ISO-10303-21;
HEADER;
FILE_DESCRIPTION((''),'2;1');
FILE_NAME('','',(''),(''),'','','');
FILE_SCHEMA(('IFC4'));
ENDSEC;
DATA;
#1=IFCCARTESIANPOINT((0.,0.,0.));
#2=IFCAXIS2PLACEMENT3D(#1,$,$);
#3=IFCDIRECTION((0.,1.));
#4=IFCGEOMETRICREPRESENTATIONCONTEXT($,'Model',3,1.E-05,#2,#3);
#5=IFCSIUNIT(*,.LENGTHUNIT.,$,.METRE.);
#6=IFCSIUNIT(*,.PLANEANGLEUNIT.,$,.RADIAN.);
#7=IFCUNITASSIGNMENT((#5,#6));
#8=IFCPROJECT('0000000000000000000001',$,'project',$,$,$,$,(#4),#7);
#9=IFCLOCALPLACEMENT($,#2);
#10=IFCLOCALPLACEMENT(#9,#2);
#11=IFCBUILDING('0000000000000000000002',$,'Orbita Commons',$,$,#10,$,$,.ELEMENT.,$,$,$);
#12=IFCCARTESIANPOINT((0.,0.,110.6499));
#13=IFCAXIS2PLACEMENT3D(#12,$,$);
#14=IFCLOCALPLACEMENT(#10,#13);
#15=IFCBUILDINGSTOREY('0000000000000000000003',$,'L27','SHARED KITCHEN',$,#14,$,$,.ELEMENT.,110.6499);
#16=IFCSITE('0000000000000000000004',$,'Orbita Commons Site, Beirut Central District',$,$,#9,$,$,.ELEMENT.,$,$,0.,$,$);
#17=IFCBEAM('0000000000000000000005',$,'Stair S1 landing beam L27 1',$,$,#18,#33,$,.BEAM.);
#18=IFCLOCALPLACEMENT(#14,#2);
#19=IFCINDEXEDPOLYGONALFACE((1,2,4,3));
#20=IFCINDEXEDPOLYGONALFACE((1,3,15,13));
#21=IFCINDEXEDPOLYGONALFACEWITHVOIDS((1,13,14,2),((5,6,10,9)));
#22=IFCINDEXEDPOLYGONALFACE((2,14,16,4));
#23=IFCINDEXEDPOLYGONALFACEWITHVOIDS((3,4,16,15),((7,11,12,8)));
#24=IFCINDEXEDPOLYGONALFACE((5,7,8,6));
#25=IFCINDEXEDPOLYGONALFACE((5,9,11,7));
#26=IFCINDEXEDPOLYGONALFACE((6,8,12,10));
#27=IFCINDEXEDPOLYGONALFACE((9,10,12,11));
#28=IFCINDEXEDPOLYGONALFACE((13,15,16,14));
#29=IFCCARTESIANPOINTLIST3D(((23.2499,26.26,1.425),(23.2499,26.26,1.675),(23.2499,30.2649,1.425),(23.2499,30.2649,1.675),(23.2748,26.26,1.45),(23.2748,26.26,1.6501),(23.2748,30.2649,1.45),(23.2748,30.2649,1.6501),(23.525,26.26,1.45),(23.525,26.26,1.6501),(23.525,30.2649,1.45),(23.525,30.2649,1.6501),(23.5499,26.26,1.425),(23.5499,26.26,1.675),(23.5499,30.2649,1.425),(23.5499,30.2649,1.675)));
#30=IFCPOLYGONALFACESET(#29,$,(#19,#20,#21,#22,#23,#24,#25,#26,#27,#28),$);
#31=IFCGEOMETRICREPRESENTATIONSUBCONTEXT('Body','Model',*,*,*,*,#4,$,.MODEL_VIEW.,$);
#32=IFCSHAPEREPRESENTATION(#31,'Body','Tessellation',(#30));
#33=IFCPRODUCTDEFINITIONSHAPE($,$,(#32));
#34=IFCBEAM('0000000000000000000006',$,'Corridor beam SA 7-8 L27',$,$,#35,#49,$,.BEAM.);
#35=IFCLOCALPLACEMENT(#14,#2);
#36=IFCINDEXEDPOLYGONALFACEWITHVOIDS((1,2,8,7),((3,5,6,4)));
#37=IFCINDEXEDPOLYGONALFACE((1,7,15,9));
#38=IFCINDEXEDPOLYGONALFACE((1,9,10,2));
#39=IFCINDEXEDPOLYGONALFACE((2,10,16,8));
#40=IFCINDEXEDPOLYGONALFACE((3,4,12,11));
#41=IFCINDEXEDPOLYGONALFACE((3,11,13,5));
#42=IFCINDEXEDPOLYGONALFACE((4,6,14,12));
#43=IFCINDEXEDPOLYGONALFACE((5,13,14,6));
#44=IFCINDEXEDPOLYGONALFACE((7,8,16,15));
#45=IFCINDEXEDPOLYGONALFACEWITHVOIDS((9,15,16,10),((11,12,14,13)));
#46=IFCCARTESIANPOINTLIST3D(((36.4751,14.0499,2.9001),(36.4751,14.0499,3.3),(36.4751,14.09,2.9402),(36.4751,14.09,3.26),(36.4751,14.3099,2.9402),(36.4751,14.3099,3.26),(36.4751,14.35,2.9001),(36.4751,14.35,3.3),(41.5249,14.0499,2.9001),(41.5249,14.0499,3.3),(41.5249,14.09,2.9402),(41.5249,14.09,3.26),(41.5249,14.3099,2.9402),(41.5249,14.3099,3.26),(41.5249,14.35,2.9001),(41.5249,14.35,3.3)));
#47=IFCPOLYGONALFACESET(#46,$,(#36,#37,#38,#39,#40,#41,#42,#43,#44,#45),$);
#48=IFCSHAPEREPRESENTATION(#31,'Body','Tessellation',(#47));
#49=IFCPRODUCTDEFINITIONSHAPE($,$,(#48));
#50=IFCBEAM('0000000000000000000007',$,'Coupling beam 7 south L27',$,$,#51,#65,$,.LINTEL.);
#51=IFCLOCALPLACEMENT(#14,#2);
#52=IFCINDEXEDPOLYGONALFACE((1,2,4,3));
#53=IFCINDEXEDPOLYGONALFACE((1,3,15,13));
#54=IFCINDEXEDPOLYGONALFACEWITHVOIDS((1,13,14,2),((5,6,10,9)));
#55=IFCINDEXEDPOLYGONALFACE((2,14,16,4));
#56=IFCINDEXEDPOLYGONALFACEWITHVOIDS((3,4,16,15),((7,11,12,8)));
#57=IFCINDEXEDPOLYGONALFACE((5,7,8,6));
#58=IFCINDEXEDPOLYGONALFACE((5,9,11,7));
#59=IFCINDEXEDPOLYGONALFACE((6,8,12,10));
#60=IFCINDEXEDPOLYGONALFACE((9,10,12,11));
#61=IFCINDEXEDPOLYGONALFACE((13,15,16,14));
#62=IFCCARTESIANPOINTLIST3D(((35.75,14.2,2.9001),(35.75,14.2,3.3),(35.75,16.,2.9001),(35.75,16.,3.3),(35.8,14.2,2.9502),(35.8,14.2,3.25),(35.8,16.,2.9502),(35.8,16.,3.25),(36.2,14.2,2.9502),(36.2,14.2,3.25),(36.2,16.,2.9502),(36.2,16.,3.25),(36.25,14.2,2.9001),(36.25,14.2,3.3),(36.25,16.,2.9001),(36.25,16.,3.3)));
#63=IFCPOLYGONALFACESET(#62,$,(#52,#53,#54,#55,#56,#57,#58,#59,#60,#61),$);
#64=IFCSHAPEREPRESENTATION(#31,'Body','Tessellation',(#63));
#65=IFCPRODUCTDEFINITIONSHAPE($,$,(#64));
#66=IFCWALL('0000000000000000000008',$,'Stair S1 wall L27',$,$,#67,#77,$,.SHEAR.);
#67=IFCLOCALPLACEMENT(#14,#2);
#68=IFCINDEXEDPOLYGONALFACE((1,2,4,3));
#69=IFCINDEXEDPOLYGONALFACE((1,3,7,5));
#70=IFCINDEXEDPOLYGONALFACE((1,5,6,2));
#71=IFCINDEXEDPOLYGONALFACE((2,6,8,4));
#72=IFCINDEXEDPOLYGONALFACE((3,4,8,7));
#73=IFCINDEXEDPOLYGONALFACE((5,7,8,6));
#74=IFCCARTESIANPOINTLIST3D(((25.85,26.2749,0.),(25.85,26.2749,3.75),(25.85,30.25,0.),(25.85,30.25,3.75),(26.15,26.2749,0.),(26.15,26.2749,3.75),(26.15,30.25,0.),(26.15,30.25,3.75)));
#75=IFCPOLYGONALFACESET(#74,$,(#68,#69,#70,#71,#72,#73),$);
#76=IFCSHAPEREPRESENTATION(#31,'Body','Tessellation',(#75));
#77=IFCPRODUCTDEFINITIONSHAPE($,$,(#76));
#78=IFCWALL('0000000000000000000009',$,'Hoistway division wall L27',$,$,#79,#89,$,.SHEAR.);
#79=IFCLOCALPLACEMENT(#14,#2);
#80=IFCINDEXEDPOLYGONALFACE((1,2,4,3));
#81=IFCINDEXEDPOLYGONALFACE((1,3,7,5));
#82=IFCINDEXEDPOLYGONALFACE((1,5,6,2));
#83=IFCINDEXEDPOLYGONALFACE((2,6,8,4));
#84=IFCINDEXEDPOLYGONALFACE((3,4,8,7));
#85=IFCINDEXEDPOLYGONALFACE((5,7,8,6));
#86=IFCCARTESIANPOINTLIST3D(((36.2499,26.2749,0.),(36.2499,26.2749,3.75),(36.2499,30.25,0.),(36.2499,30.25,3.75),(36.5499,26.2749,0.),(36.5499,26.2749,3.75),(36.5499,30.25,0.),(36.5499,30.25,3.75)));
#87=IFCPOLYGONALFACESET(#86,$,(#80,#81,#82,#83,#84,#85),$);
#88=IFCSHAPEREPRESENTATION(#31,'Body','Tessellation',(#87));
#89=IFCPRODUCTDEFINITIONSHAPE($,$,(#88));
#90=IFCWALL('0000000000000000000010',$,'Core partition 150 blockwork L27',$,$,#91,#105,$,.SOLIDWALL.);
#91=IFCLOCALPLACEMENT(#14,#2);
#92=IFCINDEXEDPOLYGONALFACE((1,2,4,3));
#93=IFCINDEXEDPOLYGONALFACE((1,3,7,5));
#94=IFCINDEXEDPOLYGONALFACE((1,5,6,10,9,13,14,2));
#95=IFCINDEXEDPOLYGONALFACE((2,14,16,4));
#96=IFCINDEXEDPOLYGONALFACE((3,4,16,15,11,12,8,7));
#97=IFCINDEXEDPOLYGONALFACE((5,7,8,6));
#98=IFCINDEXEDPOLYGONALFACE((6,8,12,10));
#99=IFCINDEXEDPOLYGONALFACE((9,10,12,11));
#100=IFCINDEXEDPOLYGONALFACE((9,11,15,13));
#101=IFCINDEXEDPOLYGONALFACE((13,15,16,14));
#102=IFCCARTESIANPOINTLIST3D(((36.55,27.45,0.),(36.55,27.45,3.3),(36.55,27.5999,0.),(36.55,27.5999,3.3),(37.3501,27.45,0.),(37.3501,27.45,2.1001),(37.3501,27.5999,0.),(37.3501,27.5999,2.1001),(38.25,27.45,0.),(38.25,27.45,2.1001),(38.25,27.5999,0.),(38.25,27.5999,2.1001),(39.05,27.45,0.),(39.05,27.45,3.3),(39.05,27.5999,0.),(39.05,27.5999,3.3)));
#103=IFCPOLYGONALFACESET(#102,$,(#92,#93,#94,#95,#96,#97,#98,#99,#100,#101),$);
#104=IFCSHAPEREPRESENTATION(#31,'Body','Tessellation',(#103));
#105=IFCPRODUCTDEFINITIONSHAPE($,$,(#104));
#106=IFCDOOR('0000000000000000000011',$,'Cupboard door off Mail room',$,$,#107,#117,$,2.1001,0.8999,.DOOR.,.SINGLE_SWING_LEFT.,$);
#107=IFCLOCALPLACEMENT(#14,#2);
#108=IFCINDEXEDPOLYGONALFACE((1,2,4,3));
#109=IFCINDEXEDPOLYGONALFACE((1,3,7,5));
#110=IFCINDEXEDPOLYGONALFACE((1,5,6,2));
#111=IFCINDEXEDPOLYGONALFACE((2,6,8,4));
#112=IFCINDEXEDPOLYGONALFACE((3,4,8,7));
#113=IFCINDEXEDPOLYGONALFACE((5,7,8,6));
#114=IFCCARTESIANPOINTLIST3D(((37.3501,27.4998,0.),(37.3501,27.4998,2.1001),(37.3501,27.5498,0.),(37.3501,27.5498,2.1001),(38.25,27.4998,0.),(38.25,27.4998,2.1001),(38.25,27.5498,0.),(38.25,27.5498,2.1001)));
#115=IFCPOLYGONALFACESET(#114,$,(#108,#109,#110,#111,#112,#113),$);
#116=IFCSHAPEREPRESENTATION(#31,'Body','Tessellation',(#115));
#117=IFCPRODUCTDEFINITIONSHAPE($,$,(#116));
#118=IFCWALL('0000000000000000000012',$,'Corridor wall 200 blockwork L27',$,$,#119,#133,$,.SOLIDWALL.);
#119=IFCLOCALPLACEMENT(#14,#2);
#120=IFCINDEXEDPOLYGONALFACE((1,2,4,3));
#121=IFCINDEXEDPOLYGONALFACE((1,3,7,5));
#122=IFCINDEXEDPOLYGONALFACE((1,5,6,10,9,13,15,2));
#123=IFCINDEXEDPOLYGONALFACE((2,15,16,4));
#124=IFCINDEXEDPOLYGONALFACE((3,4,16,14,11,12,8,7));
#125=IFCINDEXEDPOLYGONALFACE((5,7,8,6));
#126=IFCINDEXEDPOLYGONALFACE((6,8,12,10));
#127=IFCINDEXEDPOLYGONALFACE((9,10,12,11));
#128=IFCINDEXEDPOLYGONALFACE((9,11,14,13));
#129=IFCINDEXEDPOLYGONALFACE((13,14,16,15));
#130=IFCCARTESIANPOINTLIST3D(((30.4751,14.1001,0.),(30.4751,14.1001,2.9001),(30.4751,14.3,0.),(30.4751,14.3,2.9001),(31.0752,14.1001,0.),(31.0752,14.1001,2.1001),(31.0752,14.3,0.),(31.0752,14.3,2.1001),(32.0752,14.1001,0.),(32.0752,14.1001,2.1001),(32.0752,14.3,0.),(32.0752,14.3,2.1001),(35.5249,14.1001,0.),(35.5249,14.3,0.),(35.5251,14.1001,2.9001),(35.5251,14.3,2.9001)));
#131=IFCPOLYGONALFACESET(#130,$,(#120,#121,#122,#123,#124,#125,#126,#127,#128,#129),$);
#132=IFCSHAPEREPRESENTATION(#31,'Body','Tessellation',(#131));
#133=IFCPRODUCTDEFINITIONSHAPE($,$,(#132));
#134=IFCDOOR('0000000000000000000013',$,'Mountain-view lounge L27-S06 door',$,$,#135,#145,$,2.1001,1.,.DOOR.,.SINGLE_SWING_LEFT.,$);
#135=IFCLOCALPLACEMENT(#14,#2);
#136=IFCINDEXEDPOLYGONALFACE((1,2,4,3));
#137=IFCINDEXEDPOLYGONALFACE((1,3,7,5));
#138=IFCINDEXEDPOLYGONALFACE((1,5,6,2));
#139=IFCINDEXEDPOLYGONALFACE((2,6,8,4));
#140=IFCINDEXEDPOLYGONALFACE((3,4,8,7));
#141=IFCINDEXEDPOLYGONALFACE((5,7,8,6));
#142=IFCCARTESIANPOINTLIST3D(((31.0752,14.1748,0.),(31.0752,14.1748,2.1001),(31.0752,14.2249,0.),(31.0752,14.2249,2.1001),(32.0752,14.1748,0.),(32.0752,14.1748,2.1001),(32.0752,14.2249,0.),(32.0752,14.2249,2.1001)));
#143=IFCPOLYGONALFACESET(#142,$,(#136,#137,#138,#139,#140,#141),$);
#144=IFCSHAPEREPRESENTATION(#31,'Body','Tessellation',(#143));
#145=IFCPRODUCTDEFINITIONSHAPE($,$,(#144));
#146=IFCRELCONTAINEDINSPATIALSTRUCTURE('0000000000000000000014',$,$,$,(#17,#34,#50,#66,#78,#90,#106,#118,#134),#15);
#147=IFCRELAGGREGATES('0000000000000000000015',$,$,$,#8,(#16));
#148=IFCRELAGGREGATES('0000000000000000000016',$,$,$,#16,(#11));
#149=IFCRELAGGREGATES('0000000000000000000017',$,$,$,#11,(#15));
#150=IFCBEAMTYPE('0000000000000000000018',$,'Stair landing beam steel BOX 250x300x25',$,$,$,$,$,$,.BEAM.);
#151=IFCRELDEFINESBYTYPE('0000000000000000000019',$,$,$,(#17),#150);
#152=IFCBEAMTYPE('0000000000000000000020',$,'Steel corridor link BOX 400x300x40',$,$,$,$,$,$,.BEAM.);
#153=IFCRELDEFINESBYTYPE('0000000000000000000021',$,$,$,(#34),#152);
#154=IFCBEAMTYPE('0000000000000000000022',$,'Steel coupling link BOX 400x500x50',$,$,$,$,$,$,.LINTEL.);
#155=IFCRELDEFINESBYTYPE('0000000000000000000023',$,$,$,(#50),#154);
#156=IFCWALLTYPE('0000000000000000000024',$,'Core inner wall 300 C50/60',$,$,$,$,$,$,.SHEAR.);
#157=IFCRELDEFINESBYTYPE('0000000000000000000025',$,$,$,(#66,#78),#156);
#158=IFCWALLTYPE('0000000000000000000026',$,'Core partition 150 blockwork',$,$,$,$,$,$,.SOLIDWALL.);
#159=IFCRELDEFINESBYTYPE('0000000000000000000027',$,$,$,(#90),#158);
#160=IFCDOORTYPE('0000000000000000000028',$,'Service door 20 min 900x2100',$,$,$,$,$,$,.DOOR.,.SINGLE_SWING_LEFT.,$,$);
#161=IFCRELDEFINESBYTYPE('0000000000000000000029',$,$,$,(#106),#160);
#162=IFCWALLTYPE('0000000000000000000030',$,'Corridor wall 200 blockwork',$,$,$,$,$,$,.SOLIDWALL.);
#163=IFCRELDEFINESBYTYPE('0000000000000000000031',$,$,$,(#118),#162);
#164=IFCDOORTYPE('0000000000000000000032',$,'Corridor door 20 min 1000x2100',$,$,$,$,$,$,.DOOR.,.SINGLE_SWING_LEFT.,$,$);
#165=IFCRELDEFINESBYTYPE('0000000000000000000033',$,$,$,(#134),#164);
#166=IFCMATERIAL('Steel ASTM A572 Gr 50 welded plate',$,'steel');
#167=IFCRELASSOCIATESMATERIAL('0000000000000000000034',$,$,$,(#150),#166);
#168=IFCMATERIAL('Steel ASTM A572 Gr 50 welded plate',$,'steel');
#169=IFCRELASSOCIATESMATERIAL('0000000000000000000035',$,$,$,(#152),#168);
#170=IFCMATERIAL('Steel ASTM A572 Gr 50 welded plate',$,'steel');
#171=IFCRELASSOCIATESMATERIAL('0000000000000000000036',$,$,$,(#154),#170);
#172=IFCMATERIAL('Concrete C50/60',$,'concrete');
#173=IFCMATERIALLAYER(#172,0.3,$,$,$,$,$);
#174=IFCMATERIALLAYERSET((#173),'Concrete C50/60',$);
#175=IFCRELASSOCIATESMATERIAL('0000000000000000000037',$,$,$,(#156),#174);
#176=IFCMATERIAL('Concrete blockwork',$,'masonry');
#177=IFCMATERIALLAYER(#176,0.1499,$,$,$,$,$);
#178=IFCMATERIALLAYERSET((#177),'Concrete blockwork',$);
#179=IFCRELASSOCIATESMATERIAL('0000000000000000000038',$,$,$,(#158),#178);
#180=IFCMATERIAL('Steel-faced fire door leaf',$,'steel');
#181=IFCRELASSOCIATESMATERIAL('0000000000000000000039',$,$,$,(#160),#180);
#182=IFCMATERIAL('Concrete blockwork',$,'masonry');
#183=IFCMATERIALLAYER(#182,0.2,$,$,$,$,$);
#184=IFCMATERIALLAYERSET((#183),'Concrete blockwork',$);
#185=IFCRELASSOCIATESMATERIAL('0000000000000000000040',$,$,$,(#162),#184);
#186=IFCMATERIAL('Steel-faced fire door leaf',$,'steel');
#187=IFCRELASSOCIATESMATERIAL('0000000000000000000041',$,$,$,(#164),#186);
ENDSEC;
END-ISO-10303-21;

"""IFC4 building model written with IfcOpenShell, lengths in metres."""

from ifc_helpers import new_model, si_unit, direction, frame, frame_2d, origin, origin_2d, place, context, subcontext, project, spatial, polyline, rectangle, hollow_rectangle, outline, extrude, material, layer, layer_set, material_profile, profile_set, type_object, element, fill, save


model = new_model("IFC4")

# Units and contexts
model_context = context("Model", 3, precision=1e-05, world=origin(), true_north=direction((0.0, 1.0)))
body_context = subcontext(model_context, "Body", "Model", "MODEL_VIEW")
ifc_project = project(units=[si_unit("LENGTHUNIT", "METRE"), si_unit("PLANEANGLEUNIT", "RADIAN")], contexts=[model_context])

# Site, building, storey
site_placement = place(None, origin())
site = spatial("IfcSite", under=ifc_project, at=site_placement, Name="Orbita Commons Site, Beirut Central District", CompositionType="ELEMENT", RefElevation=0.0)
building_placement = place(site_placement, origin())
building = spatial("IfcBuilding", under=site, at=building_placement, Name="Orbita Commons", CompositionType="ELEMENT")
storey_placement = place(building_placement, frame((0.0, 0.0, 110.6499)))
storey = spatial("IfcBuildingStorey", under=building, at=storey_placement, Name="L27", Description="SHARED KITCHEN", CompositionType="ELEMENT", Elevation=110.6499)

# Beams
ifc_material_1 = material(Name="Steel ASTM A572 Gr 50 welded plate", Category="steel")
ifc_material_profile_1 = material_profile(ifc_material_1, hollow_rectangle(XDim=0.3, YDim=0.25, WallThickness=0.0249, at=origin_2d()), Name="BOX 250x300x25")
ifc_profile_set_1 = profile_set([ifc_material_profile_1], Name="Steel ASTM A572 Gr 50 welded plate")
beam_type_1 = type_object("IfcBeamType", Name="Stair landing beam steel BOX 250x300x25", PredefinedType="BEAM", material=ifc_profile_set_1)
beam_1_placement = place(storey_placement, frame((23.3999, 26.26, 1.55), z_axis=(0.0, 1.0, 0.0), x_axis=(-1.0, 0.0, 0.0)))
element("IfcBeam", 1, at=beam_1_placement, inside=storey, type_object=beam_type_1, Name="Stair S1 landing beam L27 1", PredefinedType="BEAM", context=body_context, shape_type="SweptSolid", body=[
    extrude(hollow_rectangle(XDim=0.3, YDim=0.25, WallThickness=0.0249, at=origin_2d()), origin(), (0.0, 0.0, 1.0), 4.0049),
])
ifc_material_2 = material(Name="Steel ASTM A572 Gr 50 welded plate", Category="steel")
ifc_material_profile_2 = material_profile(ifc_material_2, hollow_rectangle(XDim=0.3, YDim=0.3999, WallThickness=0.04, at=origin_2d()), Name="BOX 400x300x40")
ifc_profile_set_2 = profile_set([ifc_material_profile_2], Name="Steel ASTM A572 Gr 50 welded plate")
beam_type_2 = type_object("IfcBeamType", Name="Steel corridor link BOX 400x300x40", PredefinedType="BEAM", material=ifc_profile_set_2)
beam_2_placement = place(storey_placement, frame((36.4751, 14.2, 3.1001), z_axis=(1.0, 0.0, 0.0), x_axis=(0.0, 1.0, 0.0)))
element("IfcBeam", 2, at=beam_2_placement, inside=storey, type_object=beam_type_2, Name="Corridor beam SA 7-8 L27", PredefinedType="BEAM", context=body_context, shape_type="SweptSolid", body=[
    extrude(hollow_rectangle(XDim=0.3, YDim=0.3999, WallThickness=0.04, at=origin_2d()), origin(), (0.0, 0.0, 1.0), 5.0498),
])
ifc_material_3 = material(Name="Steel ASTM A572 Gr 50 welded plate", Category="steel")
ifc_material_profile_3 = material_profile(ifc_material_3, hollow_rectangle(XDim=0.5, YDim=0.3999, WallThickness=0.05, at=origin_2d()), Name="BOX 400x500x50")
ifc_profile_set_3 = profile_set([ifc_material_profile_3], Name="Steel ASTM A572 Gr 50 welded plate")
beam_type_3 = type_object("IfcBeamType", Name="Steel coupling link BOX 400x500x50", PredefinedType="LINTEL", material=ifc_profile_set_3)
beam_3_placement = place(storey_placement, frame((36.0, 14.2, 3.1001), z_axis=(0.0, 1.0, 0.0), x_axis=(-1.0, 0.0, 0.0)))
element("IfcBeam", 3, at=beam_3_placement, inside=storey, type_object=beam_type_3, Name="Coupling beam 7 south L27", PredefinedType="LINTEL", context=body_context, shape_type="SweptSolid", body=[
    extrude(hollow_rectangle(XDim=0.5, YDim=0.3999, WallThickness=0.05, at=origin_2d()), origin(), (0.0, 0.0, 1.0), 1.8),
])

# Walls
ifc_material_4 = material(Name="Concrete C50/60", Category="concrete")
ifc_layer_1 = layer(ifc_material_4, 0.3)
ifc_layer_set_1 = layer_set([ifc_layer_1], Name="Concrete C50/60")
wall_type_1 = type_object("IfcWallType", Name="Core inner wall 300 C50/60", PredefinedType="SHEAR", material=ifc_layer_set_1)
for number, where, z_axis, x_axis, name in (
    (4, (26.0, 26.2749, 0.0), (0.0, 0.0, 1.0), (0.0, 1.0, 0.0), "Stair S1 wall L27"),
    (5, (36.3999, 26.2749, 0.0), (0.0, 0.0, 1.0), (0.0, 1.0, 0.0), "Hoistway division wall L27"),
):
    element("IfcWall", number, at=place(storey_placement, frame(where, z_axis=z_axis, x_axis=x_axis)), inside=storey, type_object=wall_type_1, Name=name, PredefinedType="SHEAR", context=body_context, shape_type="SweptSolid", body=[
        extrude(rectangle(XDim=3.9751, YDim=0.3, at=frame_2d((1.9875, 0.0))), origin(), (0.0, 0.0, 1.0), 3.75),
    ])

# Walls, openings, doors
ifc_material_5 = material(Name="Concrete blockwork", Category="masonry")
ifc_layer_2 = layer(ifc_material_5, 0.1499)
ifc_layer_set_2 = layer_set([ifc_layer_2], Name="Concrete blockwork")
wall_type_2 = type_object("IfcWallType", Name="Core partition 150 blockwork", PredefinedType="SOLIDWALL", material=ifc_layer_set_2)
wall_1_placement = place(storey_placement, frame((36.55, 27.5249, 0.0), z_axis=(0.0, 0.0, 1.0), x_axis=(1.0, 0.0, 0.0)))
wall_1 = element("IfcWall", 6, at=wall_1_placement, inside=storey, type_object=wall_type_2, Name="Core partition 150 blockwork L27", PredefinedType="SOLIDWALL", context=body_context, shape_type="SweptSolid", body=[
    extrude(rectangle(XDim=2.5, YDim=0.1499, at=frame_2d((1.25, 0.0))), origin(), (0.0, 0.0, 1.0), 3.3),
])
opening_1_placement = place(wall_1_placement, frame((0.8, 0.0, 0.0)))
opening_1 = element("IfcOpeningElement", 7, at=opening_1_placement, cuts=wall_1, PredefinedType="OPENING", context=body_context, shape_type="SweptSolid", body=[
    extrude(rectangle(XDim=0.8999, YDim=2.1001, at=frame_2d((0.45, 1.05))), frame((0.0, 0.085, 0.0), z_axis=(0.0, -1.0, 0.0), x_axis=(1.0, 0.0, 0.0)), (0.0, 0.0, 1.0), 0.1699),
])
ifc_material_6 = material(Name="Steel-faced fire door leaf", Category="steel")
door_type_1 = type_object("IfcDoorType", Name="Service door 20 min 900x2100", OperationType="SINGLE_SWING_LEFT", PredefinedType="DOOR", material=ifc_material_6)
door_1_placement = place(opening_1_placement, origin())
door_1 = element("IfcDoor", 8, at=door_1_placement, inside=storey, type_object=door_type_1, Name="Cupboard door off Mail room", OperationType="SINGLE_SWING_LEFT", OverallHeight=2.1001, OverallWidth=0.8999, PredefinedType="DOOR", context=body_context, shape_type="SweptSolid", body=[
    extrude(rectangle(XDim=0.8999, YDim=2.1001, at=frame_2d((0.45, 1.05))), frame((0.0, 0.0249, 0.0), z_axis=(0.0, -1.0, 0.0), x_axis=(1.0, 0.0, 0.0)), (0.0, 0.0, 1.0), 0.05),
])
fill(opening_1, door_1)
ifc_material_7 = material(Name="Concrete blockwork", Category="masonry")
ifc_layer_3 = layer(ifc_material_7, 0.2)
ifc_layer_set_3 = layer_set([ifc_layer_3], Name="Concrete blockwork")
wall_type_3 = type_object("IfcWallType", Name="Corridor wall 200 blockwork", PredefinedType="SOLIDWALL", material=ifc_layer_set_3)
wall_2_placement = place(storey_placement, frame((30.4751, 14.2, 0.0), z_axis=(0.0, 0.0, 1.0), x_axis=(1.0, 0.0, 0.0)))
wall_2 = element("IfcWall", 9, at=wall_2_placement, inside=storey, type_object=wall_type_3, Name="Corridor wall 200 blockwork L27", PredefinedType="SOLIDWALL", context=body_context, shape_type="SweptSolid", body=[
    extrude(outline(polyline([(0.0, 0.0), (5.0498, 0.0), (5.05, 2.9001), (0.0, 2.9001), (0.0, 0.0)])), frame((0.0, 0.1001, 0.0), z_axis=(0.0, -1.0, 0.0), x_axis=(1.0, 0.0, 0.0)), (0.0, 0.0, 1.0), 0.2),
])
opening_2_placement = place(wall_2_placement, frame((0.6001, 0.0, 0.0)))
opening_2 = element("IfcOpeningElement", 10, at=opening_2_placement, cuts=wall_2, PredefinedType="OPENING", context=body_context, shape_type="SweptSolid", body=[
    extrude(rectangle(XDim=1.0, YDim=2.1001, at=frame_2d((0.5, 1.05))), frame((0.0, 0.1099, 0.0), z_axis=(0.0, -1.0, 0.0), x_axis=(1.0, 0.0, 0.0)), (0.0, 0.0, 1.0), 0.22),
])
ifc_material_8 = material(Name="Steel-faced fire door leaf", Category="steel")
door_type_2 = type_object("IfcDoorType", Name="Corridor door 20 min 1000x2100", OperationType="SINGLE_SWING_LEFT", PredefinedType="DOOR", material=ifc_material_8)
door_2_placement = place(opening_2_placement, origin())
door_2 = element("IfcDoor", 11, at=door_2_placement, inside=storey, type_object=door_type_2, Name="Mountain-view lounge L27-S06 door", OperationType="SINGLE_SWING_LEFT", OverallHeight=2.1001, OverallWidth=1.0, PredefinedType="DOOR", context=body_context, shape_type="SweptSolid", body=[
    extrude(rectangle(XDim=1.0, YDim=2.1001, at=frame_2d((0.5, 1.05))), frame((0.0, 0.0249, 0.0), z_axis=(0.0, -1.0, 0.0), x_axis=(1.0, 0.0, 0.0)), (0.0, 0.0, 1.0), 0.05),
])
fill(opening_2, door_2)

save(model, "model.ifc")
